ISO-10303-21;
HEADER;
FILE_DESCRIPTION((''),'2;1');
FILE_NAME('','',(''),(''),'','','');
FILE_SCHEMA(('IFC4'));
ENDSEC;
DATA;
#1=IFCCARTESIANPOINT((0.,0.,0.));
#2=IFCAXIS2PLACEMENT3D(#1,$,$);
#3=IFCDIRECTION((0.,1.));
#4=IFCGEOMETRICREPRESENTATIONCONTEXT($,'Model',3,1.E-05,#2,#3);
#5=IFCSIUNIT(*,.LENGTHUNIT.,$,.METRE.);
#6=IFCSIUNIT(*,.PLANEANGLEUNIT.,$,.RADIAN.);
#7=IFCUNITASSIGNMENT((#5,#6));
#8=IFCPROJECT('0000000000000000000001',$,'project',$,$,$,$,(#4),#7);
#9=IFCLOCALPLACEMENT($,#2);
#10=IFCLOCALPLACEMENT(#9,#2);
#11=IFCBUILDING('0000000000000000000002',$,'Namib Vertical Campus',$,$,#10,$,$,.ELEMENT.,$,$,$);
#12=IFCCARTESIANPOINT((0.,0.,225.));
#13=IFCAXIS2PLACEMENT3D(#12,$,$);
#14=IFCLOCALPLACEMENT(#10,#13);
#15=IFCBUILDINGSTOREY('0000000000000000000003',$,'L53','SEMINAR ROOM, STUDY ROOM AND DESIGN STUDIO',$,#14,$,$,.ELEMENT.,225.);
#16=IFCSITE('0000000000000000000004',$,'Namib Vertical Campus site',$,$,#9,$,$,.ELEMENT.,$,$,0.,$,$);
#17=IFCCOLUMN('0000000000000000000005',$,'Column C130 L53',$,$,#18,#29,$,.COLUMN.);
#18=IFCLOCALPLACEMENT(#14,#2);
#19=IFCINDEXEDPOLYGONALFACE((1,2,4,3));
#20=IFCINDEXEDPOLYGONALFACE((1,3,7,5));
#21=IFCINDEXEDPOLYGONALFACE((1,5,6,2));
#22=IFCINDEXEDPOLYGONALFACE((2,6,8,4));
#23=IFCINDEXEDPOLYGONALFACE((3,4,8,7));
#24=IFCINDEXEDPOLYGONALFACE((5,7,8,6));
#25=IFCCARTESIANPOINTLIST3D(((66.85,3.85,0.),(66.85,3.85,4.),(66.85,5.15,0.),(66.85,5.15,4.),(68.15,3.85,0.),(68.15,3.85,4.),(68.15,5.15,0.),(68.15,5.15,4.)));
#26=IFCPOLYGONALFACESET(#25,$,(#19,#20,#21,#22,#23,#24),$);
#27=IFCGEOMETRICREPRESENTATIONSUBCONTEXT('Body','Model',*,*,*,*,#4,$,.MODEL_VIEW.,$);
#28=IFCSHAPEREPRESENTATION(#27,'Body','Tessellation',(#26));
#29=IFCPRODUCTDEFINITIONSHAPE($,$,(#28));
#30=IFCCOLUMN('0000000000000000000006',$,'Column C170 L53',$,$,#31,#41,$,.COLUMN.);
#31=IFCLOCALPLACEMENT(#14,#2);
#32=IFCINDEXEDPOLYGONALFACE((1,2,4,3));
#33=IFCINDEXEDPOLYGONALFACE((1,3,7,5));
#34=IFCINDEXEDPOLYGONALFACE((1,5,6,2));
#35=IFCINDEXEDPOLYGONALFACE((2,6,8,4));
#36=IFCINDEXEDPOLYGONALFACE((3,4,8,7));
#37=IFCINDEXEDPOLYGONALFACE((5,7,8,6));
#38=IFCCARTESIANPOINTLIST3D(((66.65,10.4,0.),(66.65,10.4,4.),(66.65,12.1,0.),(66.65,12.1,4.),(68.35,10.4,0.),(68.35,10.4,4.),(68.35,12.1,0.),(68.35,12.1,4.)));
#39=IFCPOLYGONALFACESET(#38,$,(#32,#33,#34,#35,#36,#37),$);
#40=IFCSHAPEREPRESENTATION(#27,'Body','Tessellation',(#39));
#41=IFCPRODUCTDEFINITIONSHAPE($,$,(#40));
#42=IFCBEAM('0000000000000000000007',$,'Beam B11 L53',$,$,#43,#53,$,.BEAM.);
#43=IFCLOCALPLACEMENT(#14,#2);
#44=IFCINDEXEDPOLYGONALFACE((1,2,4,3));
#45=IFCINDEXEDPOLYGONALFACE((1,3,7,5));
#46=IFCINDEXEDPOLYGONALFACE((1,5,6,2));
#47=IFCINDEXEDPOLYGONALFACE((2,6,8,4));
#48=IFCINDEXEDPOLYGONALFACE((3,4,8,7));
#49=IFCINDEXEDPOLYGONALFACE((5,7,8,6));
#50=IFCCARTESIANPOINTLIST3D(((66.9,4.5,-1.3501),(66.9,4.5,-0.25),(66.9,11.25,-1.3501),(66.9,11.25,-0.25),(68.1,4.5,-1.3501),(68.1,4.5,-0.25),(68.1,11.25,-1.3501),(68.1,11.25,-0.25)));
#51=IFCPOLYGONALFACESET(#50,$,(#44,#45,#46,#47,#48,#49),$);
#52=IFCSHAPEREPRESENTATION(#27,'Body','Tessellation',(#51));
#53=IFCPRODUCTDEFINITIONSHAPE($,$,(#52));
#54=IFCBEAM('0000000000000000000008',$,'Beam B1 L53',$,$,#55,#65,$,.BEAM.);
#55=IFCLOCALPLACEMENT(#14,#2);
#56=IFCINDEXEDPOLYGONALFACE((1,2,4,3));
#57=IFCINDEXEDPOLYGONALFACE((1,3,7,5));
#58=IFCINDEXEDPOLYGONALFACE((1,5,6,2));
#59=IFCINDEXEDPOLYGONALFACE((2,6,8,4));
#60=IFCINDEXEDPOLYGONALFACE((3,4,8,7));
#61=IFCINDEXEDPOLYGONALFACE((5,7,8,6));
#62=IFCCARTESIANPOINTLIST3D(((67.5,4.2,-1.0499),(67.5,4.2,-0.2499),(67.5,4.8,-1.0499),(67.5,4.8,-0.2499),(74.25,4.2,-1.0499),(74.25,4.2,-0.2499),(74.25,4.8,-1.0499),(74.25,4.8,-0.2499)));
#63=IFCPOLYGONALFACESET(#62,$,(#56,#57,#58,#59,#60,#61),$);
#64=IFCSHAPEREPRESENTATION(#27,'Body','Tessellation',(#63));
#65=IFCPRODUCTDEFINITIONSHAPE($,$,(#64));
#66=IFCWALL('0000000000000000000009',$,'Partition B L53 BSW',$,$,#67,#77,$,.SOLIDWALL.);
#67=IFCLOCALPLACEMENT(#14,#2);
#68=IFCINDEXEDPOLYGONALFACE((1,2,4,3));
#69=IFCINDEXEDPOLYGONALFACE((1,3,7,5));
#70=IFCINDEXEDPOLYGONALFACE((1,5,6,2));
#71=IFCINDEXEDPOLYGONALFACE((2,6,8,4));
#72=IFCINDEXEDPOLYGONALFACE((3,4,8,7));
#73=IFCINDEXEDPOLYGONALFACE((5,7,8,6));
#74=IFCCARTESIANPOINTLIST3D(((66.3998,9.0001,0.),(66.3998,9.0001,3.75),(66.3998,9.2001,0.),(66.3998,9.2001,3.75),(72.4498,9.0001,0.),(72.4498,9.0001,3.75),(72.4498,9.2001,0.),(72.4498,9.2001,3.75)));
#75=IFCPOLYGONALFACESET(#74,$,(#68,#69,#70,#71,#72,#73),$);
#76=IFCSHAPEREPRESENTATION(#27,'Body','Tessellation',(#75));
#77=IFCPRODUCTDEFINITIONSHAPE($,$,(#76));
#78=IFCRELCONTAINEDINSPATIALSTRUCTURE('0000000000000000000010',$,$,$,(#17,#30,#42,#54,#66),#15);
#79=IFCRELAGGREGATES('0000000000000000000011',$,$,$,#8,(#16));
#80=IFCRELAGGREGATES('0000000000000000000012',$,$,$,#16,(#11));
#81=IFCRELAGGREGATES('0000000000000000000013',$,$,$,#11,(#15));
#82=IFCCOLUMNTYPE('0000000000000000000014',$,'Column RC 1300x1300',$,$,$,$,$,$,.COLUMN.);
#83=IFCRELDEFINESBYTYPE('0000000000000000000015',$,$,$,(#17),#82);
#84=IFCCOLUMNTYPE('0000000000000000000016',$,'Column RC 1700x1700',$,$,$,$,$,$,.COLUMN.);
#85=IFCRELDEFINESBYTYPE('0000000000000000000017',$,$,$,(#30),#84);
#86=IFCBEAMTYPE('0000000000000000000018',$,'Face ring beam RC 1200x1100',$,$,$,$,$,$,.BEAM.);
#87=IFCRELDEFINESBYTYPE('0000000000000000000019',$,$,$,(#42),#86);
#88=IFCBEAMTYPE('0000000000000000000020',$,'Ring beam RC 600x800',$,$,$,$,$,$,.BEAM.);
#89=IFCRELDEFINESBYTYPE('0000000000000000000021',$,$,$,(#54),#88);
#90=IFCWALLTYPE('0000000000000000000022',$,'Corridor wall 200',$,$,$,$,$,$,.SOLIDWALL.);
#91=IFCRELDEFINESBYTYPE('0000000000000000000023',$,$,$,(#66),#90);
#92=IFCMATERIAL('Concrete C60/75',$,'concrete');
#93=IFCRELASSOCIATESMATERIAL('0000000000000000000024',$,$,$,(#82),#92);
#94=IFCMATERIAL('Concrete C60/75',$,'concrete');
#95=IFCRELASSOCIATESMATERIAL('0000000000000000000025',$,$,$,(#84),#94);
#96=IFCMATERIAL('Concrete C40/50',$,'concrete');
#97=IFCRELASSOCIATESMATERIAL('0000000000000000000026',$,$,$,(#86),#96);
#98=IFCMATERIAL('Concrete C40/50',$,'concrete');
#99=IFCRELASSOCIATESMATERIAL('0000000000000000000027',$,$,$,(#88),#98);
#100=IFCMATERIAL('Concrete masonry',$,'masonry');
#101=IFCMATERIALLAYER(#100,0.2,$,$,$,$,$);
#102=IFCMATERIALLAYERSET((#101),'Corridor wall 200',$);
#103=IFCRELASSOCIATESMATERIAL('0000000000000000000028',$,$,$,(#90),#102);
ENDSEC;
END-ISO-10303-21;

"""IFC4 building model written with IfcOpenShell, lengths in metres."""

from ifc_helpers import new_model, si_unit, direction, frame, frame_2d, origin, origin_2d, place, context, subcontext, project, spatial, rectangle, extrude, material, layer, layer_set, material_profile, profile_set, type_object, element, save


model = new_model("IFC4")

# Units and contexts
model_context = context("Model", 3, precision=1e-05, world=origin(), true_north=direction((0.0, 1.0)))
body_context = subcontext(model_context, "Body", "Model", "MODEL_VIEW")
ifc_project = project(units=[si_unit("LENGTHUNIT", "METRE"), si_unit("PLANEANGLEUNIT", "RADIAN")], contexts=[model_context])

# Site, building, storey
site_placement = place(None, origin())
site = spatial("IfcSite", under=ifc_project, at=site_placement, Name="Namib Vertical Campus site", CompositionType="ELEMENT", RefElevation=0.0)
building_placement = place(site_placement, origin())
building = spatial("IfcBuilding", under=site, at=building_placement, Name="Namib Vertical Campus", CompositionType="ELEMENT")
storey_placement = place(building_placement, frame((0.0, 0.0, 225.0)))
storey = spatial("IfcBuildingStorey", under=building, at=storey_placement, Name="L53", Description="SEMINAR ROOM, STUDY ROOM AND DESIGN STUDIO", CompositionType="ELEMENT", Elevation=225.0)

# Columns
ifc_material_1 = material(Name="Concrete C60/75", Category="concrete")
ifc_material_profile_1 = material_profile(ifc_material_1, rectangle(XDim=1.3, YDim=1.3, at=origin_2d()))
ifc_profile_set_1 = profile_set([ifc_material_profile_1], Name="Concrete C60/75")
column_type_1 = type_object("IfcColumnType", Name="Column RC 1300x1300", PredefinedType="COLUMN", material=ifc_profile_set_1)
column_1_placement = place(storey_placement, frame((67.5, 4.5, 0.0), z_axis=(0.0, 0.0, 1.0), x_axis=(1.0, 0.0, 0.0)))
element("IfcColumn", 1, at=column_1_placement, inside=storey, type_object=column_type_1, Name="Column C130 L53", PredefinedType="COLUMN", context=body_context, shape_type="SweptSolid", body=[
    extrude(rectangle(XDim=1.3, YDim=1.3, at=origin_2d()), origin(), (0.0, 0.0, 1.0), 4.0),
])
ifc_material_2 = material(Name="Concrete C60/75", Category="concrete")
ifc_material_profile_2 = material_profile(ifc_material_2, rectangle(XDim=1.7, YDim=1.7, at=origin_2d()))
ifc_profile_set_2 = profile_set([ifc_material_profile_2], Name="Concrete C60/75")
column_type_2 = type_object("IfcColumnType", Name="Column RC 1700x1700", PredefinedType="COLUMN", material=ifc_profile_set_2)
column_2_placement = place(storey_placement, frame((67.5, 11.25, 0.0), z_axis=(0.0, 0.0, 1.0), x_axis=(1.0, 0.0, 0.0)))
element("IfcColumn", 2, at=column_2_placement, inside=storey, type_object=column_type_2, Name="Column C170 L53", PredefinedType="COLUMN", context=body_context, shape_type="SweptSolid", body=[
    extrude(rectangle(XDim=1.7, YDim=1.7, at=origin_2d()), origin(), (0.0, 0.0, 1.0), 4.0),
])

# Beams
ifc_material_3 = material(Name="Concrete C40/50", Category="concrete")
ifc_material_profile_3 = material_profile(ifc_material_3, rectangle(XDim=1.2, YDim=1.1001, at=origin_2d()))
ifc_profile_set_3 = profile_set([ifc_material_profile_3], Name="Concrete C40/50")
beam_type_1 = type_object("IfcBeamType", Name="Face ring beam RC 1200x1100", PredefinedType="BEAM", material=ifc_profile_set_3)
beam_1_placement = place(storey_placement, frame((67.5, 4.5, -0.8), z_axis=(0.0, 1.0, 0.0), x_axis=(-1.0, 0.0, 0.0)))
element("IfcBeam", 3, at=beam_1_placement, inside=storey, type_object=beam_type_1, Name="Beam B11 L53", PredefinedType="BEAM", context=body_context, shape_type="SweptSolid", body=[
    extrude(rectangle(XDim=1.2, YDim=1.1001, at=origin_2d()), origin(), (0.0, 0.0, 1.0), 6.75),
])
ifc_material_4 = material(Name="Concrete C40/50", Category="concrete")
ifc_material_profile_4 = material_profile(ifc_material_4, rectangle(XDim=0.6001, YDim=0.8, at=origin_2d()))
ifc_profile_set_4 = profile_set([ifc_material_profile_4], Name="Concrete C40/50")
beam_type_2 = type_object("IfcBeamType", Name="Ring beam RC 600x800", PredefinedType="BEAM", material=ifc_profile_set_4)
beam_2_placement = place(storey_placement, frame((67.5, 4.5, -0.6499), z_axis=(1.0, 0.0, 0.0), x_axis=(0.0, 1.0, 0.0)))
element("IfcBeam", 4, at=beam_2_placement, inside=storey, type_object=beam_type_2, Name="Beam B1 L53", PredefinedType="BEAM", context=body_context, shape_type="SweptSolid", body=[
    extrude(rectangle(XDim=0.6001, YDim=0.8, at=origin_2d()), origin(), (0.0, 0.0, 1.0), 6.75),
])

# Wall
ifc_material_5 = material(Name="Concrete masonry", Category="masonry")
ifc_layer_1 = layer(ifc_material_5, 0.2)
ifc_layer_set_1 = layer_set([ifc_layer_1], Name="Corridor wall 200")
wall_type_1 = type_object("IfcWallType", Name="Corridor wall 200", PredefinedType="SOLIDWALL", material=ifc_layer_set_1)
wall_1_placement = place(storey_placement, frame((66.3999, 9.1001, 0.0), z_axis=(0.0, 0.0, 1.0), x_axis=(1.0, 0.0, 0.0)))
element("IfcWall", 5, at=wall_1_placement, inside=storey, type_object=wall_type_1, Name="Partition B L53 BSW", PredefinedType="SOLIDWALL", context=body_context, shape_type="SweptSolid", body=[
    extrude(rectangle(XDim=6.05, YDim=0.2, at=frame_2d((3.0249, 0.0))), origin(), (0.0, 0.0, 1.0), 3.75),
])

save(model, "model.ifc")
